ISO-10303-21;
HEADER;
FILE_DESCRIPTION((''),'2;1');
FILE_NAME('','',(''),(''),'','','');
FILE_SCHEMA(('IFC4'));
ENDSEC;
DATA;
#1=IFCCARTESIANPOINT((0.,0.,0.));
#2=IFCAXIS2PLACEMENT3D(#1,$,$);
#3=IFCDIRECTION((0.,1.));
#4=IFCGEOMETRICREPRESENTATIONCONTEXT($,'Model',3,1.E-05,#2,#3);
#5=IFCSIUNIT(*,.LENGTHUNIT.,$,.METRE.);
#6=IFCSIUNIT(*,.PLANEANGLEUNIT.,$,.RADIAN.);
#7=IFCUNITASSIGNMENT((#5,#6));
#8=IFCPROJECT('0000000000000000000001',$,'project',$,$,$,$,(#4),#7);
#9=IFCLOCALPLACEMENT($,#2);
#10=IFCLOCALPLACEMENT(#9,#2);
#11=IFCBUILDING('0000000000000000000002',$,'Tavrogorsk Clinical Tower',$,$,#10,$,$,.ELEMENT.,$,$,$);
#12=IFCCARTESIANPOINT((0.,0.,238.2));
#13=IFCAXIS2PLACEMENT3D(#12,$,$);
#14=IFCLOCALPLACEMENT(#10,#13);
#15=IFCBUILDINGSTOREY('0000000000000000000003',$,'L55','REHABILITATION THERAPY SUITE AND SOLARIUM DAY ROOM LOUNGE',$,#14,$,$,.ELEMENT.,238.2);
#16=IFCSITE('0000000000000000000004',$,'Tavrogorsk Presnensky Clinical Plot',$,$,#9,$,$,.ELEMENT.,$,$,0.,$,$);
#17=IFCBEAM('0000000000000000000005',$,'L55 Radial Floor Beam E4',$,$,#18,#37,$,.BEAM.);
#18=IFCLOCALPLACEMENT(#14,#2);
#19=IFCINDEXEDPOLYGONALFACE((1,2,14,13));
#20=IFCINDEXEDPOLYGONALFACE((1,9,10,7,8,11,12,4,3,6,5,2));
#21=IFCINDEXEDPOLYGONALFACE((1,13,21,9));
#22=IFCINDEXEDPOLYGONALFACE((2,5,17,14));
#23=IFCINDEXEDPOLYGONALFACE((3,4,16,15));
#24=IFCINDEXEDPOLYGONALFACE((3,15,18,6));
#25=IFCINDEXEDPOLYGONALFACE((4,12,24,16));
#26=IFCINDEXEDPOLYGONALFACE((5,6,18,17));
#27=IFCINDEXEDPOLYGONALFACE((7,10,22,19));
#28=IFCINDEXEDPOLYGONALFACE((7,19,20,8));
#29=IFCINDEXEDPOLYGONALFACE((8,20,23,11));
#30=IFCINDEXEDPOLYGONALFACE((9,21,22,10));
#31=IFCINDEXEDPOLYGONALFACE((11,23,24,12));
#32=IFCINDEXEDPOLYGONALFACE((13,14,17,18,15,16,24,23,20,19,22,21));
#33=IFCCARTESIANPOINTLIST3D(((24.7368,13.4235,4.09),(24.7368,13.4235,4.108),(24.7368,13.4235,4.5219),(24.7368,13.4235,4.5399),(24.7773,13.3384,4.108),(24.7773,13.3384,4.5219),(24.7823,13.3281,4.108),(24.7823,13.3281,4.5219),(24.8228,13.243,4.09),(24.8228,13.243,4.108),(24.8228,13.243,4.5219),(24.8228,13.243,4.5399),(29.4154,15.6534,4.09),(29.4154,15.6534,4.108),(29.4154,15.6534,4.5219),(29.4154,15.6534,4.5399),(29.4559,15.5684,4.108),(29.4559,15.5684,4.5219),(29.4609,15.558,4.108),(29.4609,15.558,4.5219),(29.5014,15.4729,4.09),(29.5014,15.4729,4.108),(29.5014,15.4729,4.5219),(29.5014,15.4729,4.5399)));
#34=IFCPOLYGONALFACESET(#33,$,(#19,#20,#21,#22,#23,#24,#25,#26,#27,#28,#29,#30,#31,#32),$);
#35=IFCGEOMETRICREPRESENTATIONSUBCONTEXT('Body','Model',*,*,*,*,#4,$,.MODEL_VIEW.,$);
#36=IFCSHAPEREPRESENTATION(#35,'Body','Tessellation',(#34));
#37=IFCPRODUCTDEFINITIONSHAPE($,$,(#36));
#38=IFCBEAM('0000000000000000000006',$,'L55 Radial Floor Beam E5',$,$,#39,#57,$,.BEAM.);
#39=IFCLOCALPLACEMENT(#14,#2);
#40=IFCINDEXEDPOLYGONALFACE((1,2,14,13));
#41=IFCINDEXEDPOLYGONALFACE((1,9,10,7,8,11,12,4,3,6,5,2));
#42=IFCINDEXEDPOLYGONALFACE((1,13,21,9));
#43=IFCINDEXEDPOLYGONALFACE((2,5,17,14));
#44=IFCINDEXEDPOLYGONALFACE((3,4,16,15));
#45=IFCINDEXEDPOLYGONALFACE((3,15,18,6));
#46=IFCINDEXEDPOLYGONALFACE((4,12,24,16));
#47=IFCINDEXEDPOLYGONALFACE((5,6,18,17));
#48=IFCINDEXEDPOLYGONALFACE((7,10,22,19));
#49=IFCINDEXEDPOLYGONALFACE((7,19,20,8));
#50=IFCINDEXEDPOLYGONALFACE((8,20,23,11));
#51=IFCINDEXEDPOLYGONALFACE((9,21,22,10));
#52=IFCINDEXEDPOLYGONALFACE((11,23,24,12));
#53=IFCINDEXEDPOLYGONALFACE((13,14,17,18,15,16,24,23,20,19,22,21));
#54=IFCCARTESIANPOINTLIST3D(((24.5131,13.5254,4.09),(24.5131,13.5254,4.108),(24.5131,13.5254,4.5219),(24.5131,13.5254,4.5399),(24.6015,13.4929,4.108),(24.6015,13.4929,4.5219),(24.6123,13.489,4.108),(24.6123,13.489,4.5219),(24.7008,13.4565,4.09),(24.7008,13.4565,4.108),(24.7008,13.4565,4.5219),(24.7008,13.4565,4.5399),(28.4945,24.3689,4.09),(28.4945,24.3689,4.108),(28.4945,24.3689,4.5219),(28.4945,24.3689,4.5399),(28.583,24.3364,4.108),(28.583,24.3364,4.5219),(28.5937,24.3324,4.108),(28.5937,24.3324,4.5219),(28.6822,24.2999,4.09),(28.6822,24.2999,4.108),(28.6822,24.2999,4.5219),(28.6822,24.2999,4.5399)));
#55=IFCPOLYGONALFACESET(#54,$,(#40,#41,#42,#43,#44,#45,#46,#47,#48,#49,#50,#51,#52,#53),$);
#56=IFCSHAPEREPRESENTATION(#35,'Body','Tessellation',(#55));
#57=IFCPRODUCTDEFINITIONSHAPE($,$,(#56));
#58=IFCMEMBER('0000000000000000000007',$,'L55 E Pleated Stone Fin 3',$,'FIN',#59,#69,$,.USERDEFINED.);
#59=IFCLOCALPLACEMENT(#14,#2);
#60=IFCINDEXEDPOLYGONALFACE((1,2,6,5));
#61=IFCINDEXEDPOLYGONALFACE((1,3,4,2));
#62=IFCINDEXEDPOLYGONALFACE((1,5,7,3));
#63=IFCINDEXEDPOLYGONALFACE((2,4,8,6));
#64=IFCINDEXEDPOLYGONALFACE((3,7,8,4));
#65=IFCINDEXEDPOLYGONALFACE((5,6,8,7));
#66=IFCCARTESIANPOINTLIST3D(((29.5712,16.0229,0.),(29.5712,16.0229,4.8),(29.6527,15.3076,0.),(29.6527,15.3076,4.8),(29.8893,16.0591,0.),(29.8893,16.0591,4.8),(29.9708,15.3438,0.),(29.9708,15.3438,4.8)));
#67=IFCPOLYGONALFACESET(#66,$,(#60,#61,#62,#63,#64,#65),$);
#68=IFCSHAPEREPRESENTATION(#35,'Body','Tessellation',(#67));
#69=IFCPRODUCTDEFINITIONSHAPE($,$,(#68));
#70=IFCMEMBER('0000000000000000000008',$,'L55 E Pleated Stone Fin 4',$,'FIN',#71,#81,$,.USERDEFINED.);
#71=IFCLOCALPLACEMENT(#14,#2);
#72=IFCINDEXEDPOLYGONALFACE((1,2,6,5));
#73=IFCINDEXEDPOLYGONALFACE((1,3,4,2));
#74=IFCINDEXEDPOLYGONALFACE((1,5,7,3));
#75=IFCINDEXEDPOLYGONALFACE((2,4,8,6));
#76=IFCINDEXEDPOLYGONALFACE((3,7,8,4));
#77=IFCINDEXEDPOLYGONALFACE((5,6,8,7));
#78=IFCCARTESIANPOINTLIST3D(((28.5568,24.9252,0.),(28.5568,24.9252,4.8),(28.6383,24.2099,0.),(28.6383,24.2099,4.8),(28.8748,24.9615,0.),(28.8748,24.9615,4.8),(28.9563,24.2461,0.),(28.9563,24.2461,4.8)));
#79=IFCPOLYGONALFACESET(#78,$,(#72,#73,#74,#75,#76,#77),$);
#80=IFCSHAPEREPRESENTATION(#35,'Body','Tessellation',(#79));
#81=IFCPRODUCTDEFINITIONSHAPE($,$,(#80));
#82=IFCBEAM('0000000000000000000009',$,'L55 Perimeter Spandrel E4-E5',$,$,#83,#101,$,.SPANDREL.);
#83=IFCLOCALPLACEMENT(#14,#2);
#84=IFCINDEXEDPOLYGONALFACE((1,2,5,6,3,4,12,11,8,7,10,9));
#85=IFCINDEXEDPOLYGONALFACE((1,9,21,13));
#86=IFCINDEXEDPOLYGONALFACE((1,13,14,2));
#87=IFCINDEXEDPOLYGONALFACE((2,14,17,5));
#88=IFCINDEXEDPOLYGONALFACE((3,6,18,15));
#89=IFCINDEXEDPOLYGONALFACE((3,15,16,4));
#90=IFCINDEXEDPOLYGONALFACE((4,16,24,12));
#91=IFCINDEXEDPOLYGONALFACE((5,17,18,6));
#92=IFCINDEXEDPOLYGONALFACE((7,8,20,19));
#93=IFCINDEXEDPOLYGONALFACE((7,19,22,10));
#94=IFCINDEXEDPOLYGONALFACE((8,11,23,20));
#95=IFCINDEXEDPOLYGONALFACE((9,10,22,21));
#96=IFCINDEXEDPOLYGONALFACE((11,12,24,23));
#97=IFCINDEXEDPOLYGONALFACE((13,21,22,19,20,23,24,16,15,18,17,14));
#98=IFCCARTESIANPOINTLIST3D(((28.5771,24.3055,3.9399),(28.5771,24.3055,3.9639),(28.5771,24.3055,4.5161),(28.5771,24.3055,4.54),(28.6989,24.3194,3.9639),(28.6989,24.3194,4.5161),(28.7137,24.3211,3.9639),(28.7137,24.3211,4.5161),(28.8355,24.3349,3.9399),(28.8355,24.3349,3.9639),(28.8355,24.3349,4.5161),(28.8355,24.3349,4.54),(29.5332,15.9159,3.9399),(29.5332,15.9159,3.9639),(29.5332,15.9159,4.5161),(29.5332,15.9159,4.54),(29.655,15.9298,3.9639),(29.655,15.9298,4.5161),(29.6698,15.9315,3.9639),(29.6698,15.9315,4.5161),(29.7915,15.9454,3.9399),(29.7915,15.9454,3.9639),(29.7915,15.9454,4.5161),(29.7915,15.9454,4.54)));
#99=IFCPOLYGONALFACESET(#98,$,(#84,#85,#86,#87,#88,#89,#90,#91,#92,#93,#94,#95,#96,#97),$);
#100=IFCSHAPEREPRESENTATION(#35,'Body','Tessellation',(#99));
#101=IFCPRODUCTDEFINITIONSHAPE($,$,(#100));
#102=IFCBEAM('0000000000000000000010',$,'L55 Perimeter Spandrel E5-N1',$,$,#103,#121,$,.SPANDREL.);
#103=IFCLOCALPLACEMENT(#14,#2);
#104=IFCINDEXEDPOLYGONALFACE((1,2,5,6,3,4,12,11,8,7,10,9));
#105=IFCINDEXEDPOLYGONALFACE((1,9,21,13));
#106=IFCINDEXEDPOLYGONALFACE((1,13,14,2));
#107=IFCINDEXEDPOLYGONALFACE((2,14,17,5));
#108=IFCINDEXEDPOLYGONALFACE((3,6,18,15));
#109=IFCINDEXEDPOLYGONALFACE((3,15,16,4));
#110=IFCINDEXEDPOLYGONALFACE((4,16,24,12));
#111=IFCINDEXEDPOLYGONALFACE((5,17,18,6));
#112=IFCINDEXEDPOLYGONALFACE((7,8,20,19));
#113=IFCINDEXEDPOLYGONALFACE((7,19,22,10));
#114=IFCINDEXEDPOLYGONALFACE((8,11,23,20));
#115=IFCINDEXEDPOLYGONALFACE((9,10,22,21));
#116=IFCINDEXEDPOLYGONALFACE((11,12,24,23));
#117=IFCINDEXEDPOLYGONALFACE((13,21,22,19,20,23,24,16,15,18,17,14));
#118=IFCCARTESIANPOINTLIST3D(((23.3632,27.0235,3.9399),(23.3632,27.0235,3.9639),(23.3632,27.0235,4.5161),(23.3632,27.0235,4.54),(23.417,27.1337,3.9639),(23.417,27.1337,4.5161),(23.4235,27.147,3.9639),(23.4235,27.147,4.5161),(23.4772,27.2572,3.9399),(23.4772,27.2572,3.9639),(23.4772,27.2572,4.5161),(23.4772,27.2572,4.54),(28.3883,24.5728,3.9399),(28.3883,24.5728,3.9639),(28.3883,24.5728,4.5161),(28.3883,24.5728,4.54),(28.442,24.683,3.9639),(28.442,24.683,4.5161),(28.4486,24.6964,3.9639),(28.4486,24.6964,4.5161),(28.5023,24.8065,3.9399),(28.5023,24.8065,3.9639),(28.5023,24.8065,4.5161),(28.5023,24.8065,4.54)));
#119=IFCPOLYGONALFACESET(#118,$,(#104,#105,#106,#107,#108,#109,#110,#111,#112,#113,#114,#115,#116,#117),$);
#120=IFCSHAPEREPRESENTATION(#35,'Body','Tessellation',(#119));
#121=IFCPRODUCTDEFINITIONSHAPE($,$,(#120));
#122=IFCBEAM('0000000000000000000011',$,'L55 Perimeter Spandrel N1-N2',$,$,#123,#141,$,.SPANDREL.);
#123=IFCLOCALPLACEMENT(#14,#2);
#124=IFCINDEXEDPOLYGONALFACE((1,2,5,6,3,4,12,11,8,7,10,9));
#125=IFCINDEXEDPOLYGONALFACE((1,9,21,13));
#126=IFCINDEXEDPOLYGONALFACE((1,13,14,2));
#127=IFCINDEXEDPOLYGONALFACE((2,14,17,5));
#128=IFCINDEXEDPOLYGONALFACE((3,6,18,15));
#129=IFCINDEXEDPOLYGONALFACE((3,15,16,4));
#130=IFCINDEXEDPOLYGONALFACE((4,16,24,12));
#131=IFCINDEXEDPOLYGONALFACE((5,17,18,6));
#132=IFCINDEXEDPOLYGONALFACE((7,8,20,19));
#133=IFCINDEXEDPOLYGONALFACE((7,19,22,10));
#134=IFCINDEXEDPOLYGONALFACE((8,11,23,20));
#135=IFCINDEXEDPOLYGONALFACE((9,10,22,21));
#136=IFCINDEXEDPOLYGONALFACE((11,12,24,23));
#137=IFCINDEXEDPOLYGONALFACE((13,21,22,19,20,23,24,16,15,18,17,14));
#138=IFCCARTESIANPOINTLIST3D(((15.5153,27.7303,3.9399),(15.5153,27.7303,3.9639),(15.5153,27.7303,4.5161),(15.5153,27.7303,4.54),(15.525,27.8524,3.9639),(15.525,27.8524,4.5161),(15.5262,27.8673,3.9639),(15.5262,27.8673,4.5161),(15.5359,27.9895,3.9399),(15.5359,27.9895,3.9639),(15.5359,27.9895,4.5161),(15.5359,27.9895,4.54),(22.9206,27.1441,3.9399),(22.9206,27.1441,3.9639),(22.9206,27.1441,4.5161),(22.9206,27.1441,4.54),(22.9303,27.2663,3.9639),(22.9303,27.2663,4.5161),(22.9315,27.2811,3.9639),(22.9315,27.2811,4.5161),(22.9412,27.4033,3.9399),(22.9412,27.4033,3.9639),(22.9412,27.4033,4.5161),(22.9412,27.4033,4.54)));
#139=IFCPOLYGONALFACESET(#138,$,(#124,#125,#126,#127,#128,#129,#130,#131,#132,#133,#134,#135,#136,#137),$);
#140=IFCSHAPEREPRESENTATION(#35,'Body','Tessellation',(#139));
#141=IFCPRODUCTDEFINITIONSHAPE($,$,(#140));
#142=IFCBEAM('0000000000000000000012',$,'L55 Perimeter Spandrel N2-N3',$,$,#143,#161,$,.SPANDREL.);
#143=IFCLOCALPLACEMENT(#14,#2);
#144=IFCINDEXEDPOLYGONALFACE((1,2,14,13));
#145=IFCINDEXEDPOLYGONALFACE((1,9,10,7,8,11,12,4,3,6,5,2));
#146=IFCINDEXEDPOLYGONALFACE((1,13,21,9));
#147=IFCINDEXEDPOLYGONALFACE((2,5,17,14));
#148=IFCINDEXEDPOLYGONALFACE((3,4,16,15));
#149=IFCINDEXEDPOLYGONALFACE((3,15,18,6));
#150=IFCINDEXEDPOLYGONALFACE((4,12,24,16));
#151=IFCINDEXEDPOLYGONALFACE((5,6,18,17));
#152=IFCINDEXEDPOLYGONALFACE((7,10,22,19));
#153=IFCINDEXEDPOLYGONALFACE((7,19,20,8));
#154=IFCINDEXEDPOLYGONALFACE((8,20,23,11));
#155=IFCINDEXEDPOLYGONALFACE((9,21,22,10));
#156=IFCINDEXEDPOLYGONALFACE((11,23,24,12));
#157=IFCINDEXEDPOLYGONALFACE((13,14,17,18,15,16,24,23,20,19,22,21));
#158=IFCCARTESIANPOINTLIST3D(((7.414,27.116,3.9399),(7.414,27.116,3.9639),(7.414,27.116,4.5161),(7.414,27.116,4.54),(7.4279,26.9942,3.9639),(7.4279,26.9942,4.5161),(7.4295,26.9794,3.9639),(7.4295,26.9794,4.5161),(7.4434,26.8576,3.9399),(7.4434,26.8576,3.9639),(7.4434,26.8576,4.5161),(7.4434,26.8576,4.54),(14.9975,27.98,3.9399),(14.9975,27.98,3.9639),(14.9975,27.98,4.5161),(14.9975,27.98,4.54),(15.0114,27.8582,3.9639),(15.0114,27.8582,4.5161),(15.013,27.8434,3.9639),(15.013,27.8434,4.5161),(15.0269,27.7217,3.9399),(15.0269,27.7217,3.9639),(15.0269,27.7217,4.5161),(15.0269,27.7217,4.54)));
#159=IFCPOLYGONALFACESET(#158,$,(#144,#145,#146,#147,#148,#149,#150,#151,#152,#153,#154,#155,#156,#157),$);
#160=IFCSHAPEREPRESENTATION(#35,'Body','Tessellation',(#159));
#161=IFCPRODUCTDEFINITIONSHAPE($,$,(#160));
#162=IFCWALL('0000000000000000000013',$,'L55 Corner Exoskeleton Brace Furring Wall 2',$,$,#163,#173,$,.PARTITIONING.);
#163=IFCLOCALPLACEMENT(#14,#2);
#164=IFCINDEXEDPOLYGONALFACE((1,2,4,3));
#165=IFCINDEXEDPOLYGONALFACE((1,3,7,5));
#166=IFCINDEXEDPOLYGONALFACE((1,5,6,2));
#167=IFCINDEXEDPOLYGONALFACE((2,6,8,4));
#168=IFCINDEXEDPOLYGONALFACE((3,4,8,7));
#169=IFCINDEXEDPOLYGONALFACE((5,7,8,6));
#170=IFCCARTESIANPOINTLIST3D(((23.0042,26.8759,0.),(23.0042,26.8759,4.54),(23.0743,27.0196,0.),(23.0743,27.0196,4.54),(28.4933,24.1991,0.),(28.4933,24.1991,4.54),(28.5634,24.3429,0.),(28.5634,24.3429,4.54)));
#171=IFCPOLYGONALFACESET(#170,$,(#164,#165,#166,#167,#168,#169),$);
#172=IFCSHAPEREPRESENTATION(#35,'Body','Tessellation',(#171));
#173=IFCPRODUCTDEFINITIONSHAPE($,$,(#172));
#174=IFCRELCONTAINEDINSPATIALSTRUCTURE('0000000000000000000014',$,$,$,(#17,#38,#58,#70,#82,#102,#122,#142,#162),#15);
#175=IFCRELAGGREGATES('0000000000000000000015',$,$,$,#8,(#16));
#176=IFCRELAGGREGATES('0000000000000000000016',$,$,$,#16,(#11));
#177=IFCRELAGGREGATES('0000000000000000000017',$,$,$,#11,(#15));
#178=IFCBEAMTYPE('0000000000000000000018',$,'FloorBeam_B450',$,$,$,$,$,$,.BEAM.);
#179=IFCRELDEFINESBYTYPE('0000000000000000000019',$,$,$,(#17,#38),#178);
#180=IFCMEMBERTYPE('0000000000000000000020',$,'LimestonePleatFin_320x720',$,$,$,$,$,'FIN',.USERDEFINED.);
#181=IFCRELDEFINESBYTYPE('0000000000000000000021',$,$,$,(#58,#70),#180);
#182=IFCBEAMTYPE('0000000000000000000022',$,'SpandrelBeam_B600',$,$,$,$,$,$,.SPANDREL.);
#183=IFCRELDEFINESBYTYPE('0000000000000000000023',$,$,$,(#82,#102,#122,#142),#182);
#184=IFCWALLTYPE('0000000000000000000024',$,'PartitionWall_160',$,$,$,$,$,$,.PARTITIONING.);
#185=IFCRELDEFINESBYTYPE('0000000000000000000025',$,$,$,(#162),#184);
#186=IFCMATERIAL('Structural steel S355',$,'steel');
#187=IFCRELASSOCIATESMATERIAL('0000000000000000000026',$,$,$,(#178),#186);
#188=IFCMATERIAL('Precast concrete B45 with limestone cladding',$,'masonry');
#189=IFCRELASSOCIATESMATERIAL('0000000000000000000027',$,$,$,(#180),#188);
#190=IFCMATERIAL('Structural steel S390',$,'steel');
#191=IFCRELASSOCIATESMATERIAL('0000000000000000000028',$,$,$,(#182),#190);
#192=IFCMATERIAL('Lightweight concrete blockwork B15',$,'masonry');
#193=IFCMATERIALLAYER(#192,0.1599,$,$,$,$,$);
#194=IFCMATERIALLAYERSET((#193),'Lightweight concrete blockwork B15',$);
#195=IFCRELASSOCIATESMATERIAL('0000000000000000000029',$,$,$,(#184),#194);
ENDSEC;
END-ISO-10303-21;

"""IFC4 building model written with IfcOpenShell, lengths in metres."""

from ifc_helpers import new_model, si_unit, direction, frame, frame_2d, origin, origin_2d, place, context, subcontext, project, spatial, rectangle, i_section, extrude, material, layer, layer_set, material_profile, profile_set, type_object, element, save


model = new_model("IFC4")

# Units and contexts
model_context = context("Model", 3, precision=1e-05, world=origin(), true_north=direction((0.0, 1.0)))
body_context = subcontext(model_context, "Body", "Model", "MODEL_VIEW")
ifc_project = project(units=[si_unit("LENGTHUNIT", "METRE"), si_unit("PLANEANGLEUNIT", "RADIAN")], contexts=[model_context])

# Site, building, storey
site_placement = place(None, origin())
site = spatial("IfcSite", under=ifc_project, at=site_placement, Name="Tavrogorsk Presnensky Clinical Plot", CompositionType="ELEMENT", RefElevation=0.0)
building_placement = place(site_placement, origin())
building = spatial("IfcBuilding", under=site, at=building_placement, Name="Tavrogorsk Clinical Tower", CompositionType="ELEMENT")
storey_placement = place(building_placement, frame((0.0, 0.0, 238.2)))
storey = spatial("IfcBuildingStorey", under=building, at=storey_placement, Name="L55", Description="REHABILITATION THERAPY SUITE AND SOLARIUM DAY ROOM LOUNGE", CompositionType="ELEMENT", Elevation=238.2)

# Beams
ifc_material_1 = material(Name="Structural steel S355", Category="steel")
ifc_material_profile_1 = material_profile(ifc_material_1, i_section(OverallWidth=0.2, OverallDepth=0.45, WebThickness=0.0115, FlangeThickness=0.0181, at=origin_2d()), Name="B-450x200x11.5x18")
ifc_profile_set_1 = profile_set([ifc_material_profile_1], Name="Structural steel S355")
beam_type_1 = type_object("IfcBeamType", Name="FloorBeam_B450", PredefinedType="BEAM", material=ifc_profile_set_1)
beam_1_placement = place(storey_placement, frame((24.7798, 13.3333, 4.3149), z_axis=(0.902709, 0.430252, 0.0), x_axis=(-0.430252, 0.902709, 0.0)))
element("IfcBeam", 1, at=beam_1_placement, inside=storey, type_object=beam_type_1, Name="L55 Radial Floor Beam E4", PredefinedType="BEAM", context=body_context, shape_type="SweptSolid", body=[
    extrude(i_section(OverallWidth=0.2, OverallDepth=0.45, WebThickness=0.0115, FlangeThickness=0.0181, at=origin_2d()), origin(), (0.0, 0.0, 1.0), 5.1829),
])
beam_2_placement = place(storey_placement, frame((24.6069, 13.491, 4.3149), z_axis=(0.344674, 0.938723, 0.0), x_axis=(-0.938723, 0.344674, 0.0)))
element("IfcBeam", 2, at=beam_2_placement, inside=storey, type_object=beam_type_1, Name="L55 Radial Floor Beam E5", PredefinedType="BEAM", context=body_context, shape_type="SweptSolid", body=[
    extrude(i_section(OverallWidth=0.2, OverallDepth=0.45, WebThickness=0.0115, FlangeThickness=0.0181, at=origin_2d()), origin(), (0.0, 0.0, 1.0), 11.5513),
])

# Members
ifc_material_2 = material(Name="Precast concrete B45 with limestone cladding", Category="masonry")
ifc_material_profile_2 = material_profile(ifc_material_2, rectangle(XDim=0.3201, YDim=0.72, at=origin_2d()), Name="LIMESTONE-FIN-320x720")
ifc_profile_set_2 = profile_set([ifc_material_profile_2], Name="Precast concrete B45 with limestone cladding")
member_type_1 = type_object("IfcMemberType", Name="LimestonePleatFin_320x720", ElementType="FIN", PredefinedType="USERDEFINED", material=ifc_profile_set_2)
for number, where, z_axis, x_axis, name in (
    (3, (29.771, 15.6833, 0.0), (0.0, 0.0, 1.0), (0.993572, 0.113203, 0.0), "L55 E Pleated Stone Fin 3"),
    (4, (28.7566, 24.5857, 0.0), (0.0, 0.0, 1.0), (0.993572, 0.113203, 0.0), "L55 E Pleated Stone Fin 4"),
):
    element("IfcMember", number, at=place(storey_placement, frame(where, z_axis=z_axis, x_axis=x_axis)), inside=storey, type_object=member_type_1, Name=name, ObjectType="FIN", PredefinedType="USERDEFINED", context=body_context, shape_type="SweptSolid", body=[
        extrude(rectangle(XDim=0.3201, YDim=0.72, at=origin_2d()), origin(), (0.0, 0.0, 1.0), 4.8),
    ])

# Beams
ifc_material_3 = material(Name="Structural steel S390", Category="steel")
ifc_material_profile_3 = material_profile(ifc_material_3, i_section(OverallWidth=0.26, OverallDepth=0.6001, WebThickness=0.0149, FlangeThickness=0.0239, at=origin_2d()), Name="B-600x260x15x24")
ifc_profile_set_3 = profile_set([ifc_material_profile_3], Name="Structural steel S390")
beam_type_2 = type_object("IfcBeamType", Name="SpandrelBeam_B600", PredefinedType="SPANDREL", material=ifc_profile_set_3)
beam_3_placement = place(storey_placement, frame((29.6624, 15.9307, 4.24), z_axis=(-0.113224, 0.99357, 0.0), x_axis=(-0.99357, -0.113224, 0.0)))
element("IfcBeam", 5, at=beam_3_placement, inside=storey, type_object=beam_type_2, Name="L55 Perimeter Spandrel E4-E5", PredefinedType="SPANDREL", context=body_context, shape_type="SweptSolid", body=[
    extrude(i_section(OverallWidth=0.26, OverallDepth=0.6001, WebThickness=0.0149, FlangeThickness=0.0239, at=origin_2d()), origin(), (0.0, 0.0, 1.0), 8.4438),
])
beam_4_placement = place(storey_placement, frame((28.4453, 24.6897, 4.24), z_axis=(-0.898811, 0.438336, 0.0), x_axis=(-0.438336, -0.898811, 0.0)))
element("IfcBeam", 6, at=beam_4_placement, inside=storey, type_object=beam_type_2, Name="L55 Perimeter Spandrel E5-N1", PredefinedType="SPANDREL", context=body_context, shape_type="SweptSolid", body=[
    extrude(i_section(OverallWidth=0.26, OverallDepth=0.6001, WebThickness=0.0149, FlangeThickness=0.0239, at=origin_2d()), origin(), (0.0, 0.0, 1.0), 5.5908),
])
beam_5_placement = place(storey_placement, frame((22.9309, 27.2737, 4.24), z_axis=(-0.996882, 0.07891, 0.0), x_axis=(-0.07891, -0.996882, 0.0)))
element("IfcBeam", 7, at=beam_5_placement, inside=storey, type_object=beam_type_2, Name="L55 Perimeter Spandrel N1-N2", PredefinedType="SPANDREL", context=body_context, shape_type="SweptSolid", body=[
    extrude(i_section(OverallWidth=0.26, OverallDepth=0.6001, WebThickness=0.0149, FlangeThickness=0.0239, at=origin_2d()), origin(), (0.0, 0.0, 1.0), 7.4285),
])
beam_6_placement = place(storey_placement, frame((15.0122, 27.8508, 4.24), z_axis=(-0.993572, -0.113201, 0.0), x_axis=(0.113201, -0.993572, 0.0)))
element("IfcBeam", 8, at=beam_6_placement, inside=storey, type_object=beam_type_2, Name="L55 Perimeter Spandrel N2-N3", PredefinedType="SPANDREL", context=body_context, shape_type="SweptSolid", body=[
    extrude(i_section(OverallWidth=0.26, OverallDepth=0.6001, WebThickness=0.0149, FlangeThickness=0.0239, at=origin_2d()), origin(), (0.0, 0.0, 1.0), 7.6326),
])

# Wall
ifc_material_4 = material(Name="Lightweight concrete blockwork B15", Category="masonry")
ifc_layer_1 = layer(ifc_material_4, 0.1599)
ifc_layer_set_1 = layer_set([ifc_layer_1], Name="Lightweight concrete blockwork B15")
wall_type_1 = type_object("IfcWallType", Name="PartitionWall_160", PredefinedType="PARTITIONING", material=ifc_layer_set_1)
wall_1_placement = place(storey_placement, frame((28.5283, 24.271, 0.0), z_axis=(0.0, 0.0, 1.0), x_axis=(-0.898821, 0.438317, 0.0)))
element("IfcWall", 9, at=wall_1_placement, inside=storey, type_object=wall_type_1, Name="L55 Corner Exoskeleton Brace Furring Wall 2", PredefinedType="PARTITIONING", context=body_context, shape_type="SweptSolid", body=[
    extrude(rectangle(XDim=6.1069, YDim=0.1599, at=frame_2d((3.0535, 0.0))), origin(), (0.0, 0.0, 1.0), 4.54),
])

save(model, "model.ifc")
